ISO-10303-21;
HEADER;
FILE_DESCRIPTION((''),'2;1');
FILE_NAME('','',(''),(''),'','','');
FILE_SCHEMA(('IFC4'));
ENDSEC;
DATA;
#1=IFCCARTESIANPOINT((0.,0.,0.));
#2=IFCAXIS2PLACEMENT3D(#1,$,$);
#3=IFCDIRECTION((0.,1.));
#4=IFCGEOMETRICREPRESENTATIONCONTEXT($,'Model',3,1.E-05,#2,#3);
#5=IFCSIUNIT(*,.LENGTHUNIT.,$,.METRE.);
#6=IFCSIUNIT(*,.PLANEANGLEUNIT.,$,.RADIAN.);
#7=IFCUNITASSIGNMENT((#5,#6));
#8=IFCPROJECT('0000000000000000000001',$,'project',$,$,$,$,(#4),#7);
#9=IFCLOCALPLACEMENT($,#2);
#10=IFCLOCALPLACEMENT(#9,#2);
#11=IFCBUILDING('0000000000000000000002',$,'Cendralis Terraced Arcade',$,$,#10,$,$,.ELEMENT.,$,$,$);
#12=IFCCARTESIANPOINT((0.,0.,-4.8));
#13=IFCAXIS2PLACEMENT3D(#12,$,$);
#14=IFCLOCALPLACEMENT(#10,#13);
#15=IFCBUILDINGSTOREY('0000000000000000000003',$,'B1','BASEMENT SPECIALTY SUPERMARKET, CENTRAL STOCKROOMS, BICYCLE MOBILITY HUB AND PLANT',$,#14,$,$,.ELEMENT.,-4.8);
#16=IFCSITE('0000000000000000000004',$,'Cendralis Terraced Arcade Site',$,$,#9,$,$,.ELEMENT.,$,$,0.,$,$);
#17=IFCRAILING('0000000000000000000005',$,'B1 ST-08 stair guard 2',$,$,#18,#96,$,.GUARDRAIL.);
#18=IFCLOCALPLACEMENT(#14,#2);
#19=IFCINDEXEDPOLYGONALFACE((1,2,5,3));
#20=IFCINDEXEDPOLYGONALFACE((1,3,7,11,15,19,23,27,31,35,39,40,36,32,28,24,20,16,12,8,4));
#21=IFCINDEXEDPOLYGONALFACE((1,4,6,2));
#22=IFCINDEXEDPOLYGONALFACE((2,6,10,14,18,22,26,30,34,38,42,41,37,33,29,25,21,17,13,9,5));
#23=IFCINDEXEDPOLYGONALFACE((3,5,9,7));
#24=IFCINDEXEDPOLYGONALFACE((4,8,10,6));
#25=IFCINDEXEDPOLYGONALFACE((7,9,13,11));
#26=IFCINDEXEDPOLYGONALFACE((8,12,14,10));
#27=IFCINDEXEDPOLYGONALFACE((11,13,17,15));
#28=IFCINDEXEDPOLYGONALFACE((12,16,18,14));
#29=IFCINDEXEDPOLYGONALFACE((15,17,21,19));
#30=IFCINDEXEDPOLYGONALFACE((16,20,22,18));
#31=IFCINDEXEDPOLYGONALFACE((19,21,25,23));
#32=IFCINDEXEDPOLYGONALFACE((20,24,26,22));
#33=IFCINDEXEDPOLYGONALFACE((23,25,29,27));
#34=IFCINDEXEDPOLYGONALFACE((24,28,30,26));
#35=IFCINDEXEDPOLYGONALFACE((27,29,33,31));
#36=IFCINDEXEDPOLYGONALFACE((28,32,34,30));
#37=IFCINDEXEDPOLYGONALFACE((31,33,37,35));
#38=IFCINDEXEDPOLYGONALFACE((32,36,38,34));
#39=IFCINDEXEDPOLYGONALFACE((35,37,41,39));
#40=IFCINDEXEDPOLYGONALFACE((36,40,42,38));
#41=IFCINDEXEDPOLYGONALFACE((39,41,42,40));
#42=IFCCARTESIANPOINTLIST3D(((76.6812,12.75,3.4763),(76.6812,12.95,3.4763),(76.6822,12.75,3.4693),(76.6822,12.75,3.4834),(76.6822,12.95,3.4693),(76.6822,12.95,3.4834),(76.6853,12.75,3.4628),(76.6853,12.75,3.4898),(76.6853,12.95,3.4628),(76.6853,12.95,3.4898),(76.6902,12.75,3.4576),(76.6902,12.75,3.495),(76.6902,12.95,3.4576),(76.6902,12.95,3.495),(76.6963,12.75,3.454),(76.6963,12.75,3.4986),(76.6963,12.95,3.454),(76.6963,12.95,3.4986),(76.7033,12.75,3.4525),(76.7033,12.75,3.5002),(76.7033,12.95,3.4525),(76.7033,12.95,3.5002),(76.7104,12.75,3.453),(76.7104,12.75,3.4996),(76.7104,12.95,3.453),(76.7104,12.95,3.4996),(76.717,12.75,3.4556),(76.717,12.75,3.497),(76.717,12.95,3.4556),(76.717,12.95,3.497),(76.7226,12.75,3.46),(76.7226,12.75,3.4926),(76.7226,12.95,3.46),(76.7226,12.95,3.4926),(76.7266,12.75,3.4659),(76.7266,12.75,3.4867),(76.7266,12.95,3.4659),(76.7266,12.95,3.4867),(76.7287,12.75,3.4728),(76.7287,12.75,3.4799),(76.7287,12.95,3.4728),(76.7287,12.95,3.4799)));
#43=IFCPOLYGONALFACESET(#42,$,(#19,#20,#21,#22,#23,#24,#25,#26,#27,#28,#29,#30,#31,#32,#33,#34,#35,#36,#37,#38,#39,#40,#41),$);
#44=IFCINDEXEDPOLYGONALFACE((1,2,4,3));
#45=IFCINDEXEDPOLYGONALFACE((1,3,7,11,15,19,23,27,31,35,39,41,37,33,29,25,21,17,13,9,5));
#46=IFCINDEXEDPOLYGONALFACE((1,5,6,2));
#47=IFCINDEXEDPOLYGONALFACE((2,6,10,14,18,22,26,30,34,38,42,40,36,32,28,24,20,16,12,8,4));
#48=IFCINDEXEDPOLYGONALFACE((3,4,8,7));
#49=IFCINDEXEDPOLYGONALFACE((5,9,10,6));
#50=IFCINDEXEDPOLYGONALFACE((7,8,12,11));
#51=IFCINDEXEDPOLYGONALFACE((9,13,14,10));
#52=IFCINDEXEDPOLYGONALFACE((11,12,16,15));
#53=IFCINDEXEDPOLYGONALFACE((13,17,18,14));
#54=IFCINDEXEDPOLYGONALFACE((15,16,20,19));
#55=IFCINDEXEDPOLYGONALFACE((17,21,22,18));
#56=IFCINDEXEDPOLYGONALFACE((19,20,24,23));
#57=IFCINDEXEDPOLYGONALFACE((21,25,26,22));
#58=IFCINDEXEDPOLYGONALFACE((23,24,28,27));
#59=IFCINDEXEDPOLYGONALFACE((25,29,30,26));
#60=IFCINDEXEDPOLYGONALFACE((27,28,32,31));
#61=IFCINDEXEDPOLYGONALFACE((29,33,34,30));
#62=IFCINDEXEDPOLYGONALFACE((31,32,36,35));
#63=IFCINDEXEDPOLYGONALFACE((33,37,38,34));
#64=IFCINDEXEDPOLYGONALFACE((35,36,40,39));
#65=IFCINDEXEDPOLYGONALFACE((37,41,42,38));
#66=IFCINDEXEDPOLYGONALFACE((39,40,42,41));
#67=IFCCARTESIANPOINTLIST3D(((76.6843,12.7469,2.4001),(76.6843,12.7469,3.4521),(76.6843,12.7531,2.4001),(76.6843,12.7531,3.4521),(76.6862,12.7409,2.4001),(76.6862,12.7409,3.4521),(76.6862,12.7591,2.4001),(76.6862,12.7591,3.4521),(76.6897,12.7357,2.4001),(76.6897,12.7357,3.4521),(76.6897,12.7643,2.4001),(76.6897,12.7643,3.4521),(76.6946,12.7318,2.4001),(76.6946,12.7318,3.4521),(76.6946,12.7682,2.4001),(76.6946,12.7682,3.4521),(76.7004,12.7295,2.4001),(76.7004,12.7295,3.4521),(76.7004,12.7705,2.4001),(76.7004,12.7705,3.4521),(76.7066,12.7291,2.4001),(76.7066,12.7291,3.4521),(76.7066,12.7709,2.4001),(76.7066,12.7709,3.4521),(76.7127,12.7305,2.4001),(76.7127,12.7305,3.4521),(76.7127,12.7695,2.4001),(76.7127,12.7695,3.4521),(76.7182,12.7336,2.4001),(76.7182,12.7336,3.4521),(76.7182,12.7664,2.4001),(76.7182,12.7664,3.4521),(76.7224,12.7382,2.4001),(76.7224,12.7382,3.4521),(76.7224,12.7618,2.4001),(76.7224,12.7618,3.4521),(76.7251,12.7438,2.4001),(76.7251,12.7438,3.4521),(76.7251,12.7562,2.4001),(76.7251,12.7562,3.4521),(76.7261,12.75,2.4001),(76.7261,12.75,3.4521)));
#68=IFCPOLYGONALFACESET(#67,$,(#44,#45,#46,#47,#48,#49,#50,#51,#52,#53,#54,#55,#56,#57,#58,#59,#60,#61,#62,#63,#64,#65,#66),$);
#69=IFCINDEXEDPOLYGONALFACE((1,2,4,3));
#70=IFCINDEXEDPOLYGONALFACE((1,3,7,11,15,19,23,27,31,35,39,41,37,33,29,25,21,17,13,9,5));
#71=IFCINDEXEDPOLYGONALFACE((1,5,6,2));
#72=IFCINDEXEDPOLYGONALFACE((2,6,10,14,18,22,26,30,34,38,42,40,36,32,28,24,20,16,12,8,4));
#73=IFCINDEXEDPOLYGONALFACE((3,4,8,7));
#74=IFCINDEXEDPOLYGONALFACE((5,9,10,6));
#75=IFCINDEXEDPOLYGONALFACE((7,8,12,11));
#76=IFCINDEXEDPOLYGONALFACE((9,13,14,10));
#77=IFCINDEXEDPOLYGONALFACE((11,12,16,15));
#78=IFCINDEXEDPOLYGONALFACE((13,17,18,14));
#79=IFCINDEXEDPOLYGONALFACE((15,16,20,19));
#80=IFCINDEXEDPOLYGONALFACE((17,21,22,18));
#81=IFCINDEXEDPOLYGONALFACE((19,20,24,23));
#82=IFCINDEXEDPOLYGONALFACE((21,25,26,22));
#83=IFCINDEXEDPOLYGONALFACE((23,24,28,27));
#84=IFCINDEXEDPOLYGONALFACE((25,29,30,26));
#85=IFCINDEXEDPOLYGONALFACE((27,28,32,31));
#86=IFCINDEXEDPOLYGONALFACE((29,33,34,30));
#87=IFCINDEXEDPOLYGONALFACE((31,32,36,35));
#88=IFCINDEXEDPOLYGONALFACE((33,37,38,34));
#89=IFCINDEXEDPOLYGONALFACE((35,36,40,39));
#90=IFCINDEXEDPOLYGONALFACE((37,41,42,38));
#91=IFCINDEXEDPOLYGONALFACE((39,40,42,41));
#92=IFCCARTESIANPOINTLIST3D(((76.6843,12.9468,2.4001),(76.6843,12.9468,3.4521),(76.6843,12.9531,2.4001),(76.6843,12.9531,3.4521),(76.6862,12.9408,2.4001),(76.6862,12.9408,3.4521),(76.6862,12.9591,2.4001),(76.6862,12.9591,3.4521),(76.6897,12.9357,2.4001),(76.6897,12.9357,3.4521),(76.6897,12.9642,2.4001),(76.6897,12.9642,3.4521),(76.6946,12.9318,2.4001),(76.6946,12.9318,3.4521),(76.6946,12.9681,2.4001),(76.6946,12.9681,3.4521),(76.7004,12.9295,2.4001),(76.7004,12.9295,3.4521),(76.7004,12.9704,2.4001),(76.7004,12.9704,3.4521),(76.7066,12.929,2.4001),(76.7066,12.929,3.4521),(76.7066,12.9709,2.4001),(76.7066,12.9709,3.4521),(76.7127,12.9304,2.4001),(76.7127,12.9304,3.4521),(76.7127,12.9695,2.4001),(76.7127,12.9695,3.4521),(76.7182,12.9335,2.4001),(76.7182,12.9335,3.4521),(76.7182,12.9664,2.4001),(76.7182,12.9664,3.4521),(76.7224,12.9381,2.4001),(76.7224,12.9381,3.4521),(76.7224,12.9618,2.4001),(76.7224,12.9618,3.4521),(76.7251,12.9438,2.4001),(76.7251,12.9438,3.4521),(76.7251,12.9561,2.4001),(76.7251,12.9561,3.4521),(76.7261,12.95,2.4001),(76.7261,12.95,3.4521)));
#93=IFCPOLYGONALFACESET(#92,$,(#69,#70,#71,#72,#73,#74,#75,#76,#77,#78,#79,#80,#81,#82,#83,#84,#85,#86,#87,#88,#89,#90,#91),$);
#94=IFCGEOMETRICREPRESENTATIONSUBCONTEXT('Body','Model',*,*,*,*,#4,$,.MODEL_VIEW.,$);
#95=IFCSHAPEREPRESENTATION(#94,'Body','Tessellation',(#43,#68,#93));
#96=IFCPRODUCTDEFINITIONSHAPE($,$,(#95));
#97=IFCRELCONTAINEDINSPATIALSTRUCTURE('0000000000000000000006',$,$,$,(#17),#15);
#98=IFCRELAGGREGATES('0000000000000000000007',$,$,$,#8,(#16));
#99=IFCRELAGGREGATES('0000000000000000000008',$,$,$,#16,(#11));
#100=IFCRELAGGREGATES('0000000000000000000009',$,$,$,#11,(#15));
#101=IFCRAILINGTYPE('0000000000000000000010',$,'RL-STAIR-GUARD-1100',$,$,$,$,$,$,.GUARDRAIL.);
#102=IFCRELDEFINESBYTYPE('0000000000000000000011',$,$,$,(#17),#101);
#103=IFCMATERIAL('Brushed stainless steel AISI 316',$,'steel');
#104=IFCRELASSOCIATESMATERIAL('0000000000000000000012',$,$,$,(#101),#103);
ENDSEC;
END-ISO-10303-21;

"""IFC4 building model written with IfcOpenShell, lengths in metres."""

from ifc_helpers import new_model, si_unit, direction, frame, origin, origin_2d, place, context, subcontext, project, spatial, circle, extrude, material, type_object, element, save


model = new_model("IFC4")

# Units and contexts
model_context = context("Model", 3, precision=1e-05, world=origin(), true_north=direction((0.0, 1.0)))
body_context = subcontext(model_context, "Body", "Model", "MODEL_VIEW")
ifc_project = project(units=[si_unit("LENGTHUNIT", "METRE"), si_unit("PLANEANGLEUNIT", "RADIAN")], contexts=[model_context])

# Site, building, storey
site_placement = place(None, origin())
site = spatial("IfcSite", under=ifc_project, at=site_placement, Name="Cendralis Terraced Arcade Site", CompositionType="ELEMENT", RefElevation=0.0)
building_placement = place(site_placement, origin())
building = spatial("IfcBuilding", under=site, at=building_placement, Name="Cendralis Terraced Arcade", CompositionType="ELEMENT")
storey_placement = place(building_placement, frame((0.0, 0.0, -4.8)))
storey = spatial("IfcBuildingStorey", under=building, at=storey_placement, Name="B1", Description="BASEMENT SPECIALTY SUPERMARKET, CENTRAL STOCKROOMS, BICYCLE MOBILITY HUB AND PLANT", CompositionType="ELEMENT", Elevation=-4.8)

# Railing
ifc_material_1 = material(Name="Brushed stainless steel AISI 316", Category="steel")
railing_type_1 = type_object("IfcRailingType", Name="RL-STAIR-GUARD-1100", PredefinedType="GUARDRAIL", material=ifc_material_1)
railing_1_placement = place(storey_placement, frame((76.7051, 12.75, 2.4001)))
element("IfcRailing", 1, at=railing_1_placement, inside=storey, type_object=railing_type_1, Name="B1 ST-08 stair guard 2", PredefinedType="GUARDRAIL", context=body_context, shape_type="SweptSolid", body=[
    extrude(circle(Radius=0.0239, at=origin_2d()), frame((0.0, 0.0, 1.0762), z_axis=(0.0, 1.0, 0.0), x_axis=(-1.0, 0.0, 0.0)), (0.0, 0.0, 1.0), 0.2),
    extrude(circle(Radius=0.021, at=origin_2d()), origin(), (0.0, 0.0, 1.0), 1.052),
    extrude(circle(Radius=0.021, at=origin_2d()), frame((0.0, 0.2, 0.0)), (0.0, 0.0, 1.0), 1.052),
])

save(model, "model.ifc")
